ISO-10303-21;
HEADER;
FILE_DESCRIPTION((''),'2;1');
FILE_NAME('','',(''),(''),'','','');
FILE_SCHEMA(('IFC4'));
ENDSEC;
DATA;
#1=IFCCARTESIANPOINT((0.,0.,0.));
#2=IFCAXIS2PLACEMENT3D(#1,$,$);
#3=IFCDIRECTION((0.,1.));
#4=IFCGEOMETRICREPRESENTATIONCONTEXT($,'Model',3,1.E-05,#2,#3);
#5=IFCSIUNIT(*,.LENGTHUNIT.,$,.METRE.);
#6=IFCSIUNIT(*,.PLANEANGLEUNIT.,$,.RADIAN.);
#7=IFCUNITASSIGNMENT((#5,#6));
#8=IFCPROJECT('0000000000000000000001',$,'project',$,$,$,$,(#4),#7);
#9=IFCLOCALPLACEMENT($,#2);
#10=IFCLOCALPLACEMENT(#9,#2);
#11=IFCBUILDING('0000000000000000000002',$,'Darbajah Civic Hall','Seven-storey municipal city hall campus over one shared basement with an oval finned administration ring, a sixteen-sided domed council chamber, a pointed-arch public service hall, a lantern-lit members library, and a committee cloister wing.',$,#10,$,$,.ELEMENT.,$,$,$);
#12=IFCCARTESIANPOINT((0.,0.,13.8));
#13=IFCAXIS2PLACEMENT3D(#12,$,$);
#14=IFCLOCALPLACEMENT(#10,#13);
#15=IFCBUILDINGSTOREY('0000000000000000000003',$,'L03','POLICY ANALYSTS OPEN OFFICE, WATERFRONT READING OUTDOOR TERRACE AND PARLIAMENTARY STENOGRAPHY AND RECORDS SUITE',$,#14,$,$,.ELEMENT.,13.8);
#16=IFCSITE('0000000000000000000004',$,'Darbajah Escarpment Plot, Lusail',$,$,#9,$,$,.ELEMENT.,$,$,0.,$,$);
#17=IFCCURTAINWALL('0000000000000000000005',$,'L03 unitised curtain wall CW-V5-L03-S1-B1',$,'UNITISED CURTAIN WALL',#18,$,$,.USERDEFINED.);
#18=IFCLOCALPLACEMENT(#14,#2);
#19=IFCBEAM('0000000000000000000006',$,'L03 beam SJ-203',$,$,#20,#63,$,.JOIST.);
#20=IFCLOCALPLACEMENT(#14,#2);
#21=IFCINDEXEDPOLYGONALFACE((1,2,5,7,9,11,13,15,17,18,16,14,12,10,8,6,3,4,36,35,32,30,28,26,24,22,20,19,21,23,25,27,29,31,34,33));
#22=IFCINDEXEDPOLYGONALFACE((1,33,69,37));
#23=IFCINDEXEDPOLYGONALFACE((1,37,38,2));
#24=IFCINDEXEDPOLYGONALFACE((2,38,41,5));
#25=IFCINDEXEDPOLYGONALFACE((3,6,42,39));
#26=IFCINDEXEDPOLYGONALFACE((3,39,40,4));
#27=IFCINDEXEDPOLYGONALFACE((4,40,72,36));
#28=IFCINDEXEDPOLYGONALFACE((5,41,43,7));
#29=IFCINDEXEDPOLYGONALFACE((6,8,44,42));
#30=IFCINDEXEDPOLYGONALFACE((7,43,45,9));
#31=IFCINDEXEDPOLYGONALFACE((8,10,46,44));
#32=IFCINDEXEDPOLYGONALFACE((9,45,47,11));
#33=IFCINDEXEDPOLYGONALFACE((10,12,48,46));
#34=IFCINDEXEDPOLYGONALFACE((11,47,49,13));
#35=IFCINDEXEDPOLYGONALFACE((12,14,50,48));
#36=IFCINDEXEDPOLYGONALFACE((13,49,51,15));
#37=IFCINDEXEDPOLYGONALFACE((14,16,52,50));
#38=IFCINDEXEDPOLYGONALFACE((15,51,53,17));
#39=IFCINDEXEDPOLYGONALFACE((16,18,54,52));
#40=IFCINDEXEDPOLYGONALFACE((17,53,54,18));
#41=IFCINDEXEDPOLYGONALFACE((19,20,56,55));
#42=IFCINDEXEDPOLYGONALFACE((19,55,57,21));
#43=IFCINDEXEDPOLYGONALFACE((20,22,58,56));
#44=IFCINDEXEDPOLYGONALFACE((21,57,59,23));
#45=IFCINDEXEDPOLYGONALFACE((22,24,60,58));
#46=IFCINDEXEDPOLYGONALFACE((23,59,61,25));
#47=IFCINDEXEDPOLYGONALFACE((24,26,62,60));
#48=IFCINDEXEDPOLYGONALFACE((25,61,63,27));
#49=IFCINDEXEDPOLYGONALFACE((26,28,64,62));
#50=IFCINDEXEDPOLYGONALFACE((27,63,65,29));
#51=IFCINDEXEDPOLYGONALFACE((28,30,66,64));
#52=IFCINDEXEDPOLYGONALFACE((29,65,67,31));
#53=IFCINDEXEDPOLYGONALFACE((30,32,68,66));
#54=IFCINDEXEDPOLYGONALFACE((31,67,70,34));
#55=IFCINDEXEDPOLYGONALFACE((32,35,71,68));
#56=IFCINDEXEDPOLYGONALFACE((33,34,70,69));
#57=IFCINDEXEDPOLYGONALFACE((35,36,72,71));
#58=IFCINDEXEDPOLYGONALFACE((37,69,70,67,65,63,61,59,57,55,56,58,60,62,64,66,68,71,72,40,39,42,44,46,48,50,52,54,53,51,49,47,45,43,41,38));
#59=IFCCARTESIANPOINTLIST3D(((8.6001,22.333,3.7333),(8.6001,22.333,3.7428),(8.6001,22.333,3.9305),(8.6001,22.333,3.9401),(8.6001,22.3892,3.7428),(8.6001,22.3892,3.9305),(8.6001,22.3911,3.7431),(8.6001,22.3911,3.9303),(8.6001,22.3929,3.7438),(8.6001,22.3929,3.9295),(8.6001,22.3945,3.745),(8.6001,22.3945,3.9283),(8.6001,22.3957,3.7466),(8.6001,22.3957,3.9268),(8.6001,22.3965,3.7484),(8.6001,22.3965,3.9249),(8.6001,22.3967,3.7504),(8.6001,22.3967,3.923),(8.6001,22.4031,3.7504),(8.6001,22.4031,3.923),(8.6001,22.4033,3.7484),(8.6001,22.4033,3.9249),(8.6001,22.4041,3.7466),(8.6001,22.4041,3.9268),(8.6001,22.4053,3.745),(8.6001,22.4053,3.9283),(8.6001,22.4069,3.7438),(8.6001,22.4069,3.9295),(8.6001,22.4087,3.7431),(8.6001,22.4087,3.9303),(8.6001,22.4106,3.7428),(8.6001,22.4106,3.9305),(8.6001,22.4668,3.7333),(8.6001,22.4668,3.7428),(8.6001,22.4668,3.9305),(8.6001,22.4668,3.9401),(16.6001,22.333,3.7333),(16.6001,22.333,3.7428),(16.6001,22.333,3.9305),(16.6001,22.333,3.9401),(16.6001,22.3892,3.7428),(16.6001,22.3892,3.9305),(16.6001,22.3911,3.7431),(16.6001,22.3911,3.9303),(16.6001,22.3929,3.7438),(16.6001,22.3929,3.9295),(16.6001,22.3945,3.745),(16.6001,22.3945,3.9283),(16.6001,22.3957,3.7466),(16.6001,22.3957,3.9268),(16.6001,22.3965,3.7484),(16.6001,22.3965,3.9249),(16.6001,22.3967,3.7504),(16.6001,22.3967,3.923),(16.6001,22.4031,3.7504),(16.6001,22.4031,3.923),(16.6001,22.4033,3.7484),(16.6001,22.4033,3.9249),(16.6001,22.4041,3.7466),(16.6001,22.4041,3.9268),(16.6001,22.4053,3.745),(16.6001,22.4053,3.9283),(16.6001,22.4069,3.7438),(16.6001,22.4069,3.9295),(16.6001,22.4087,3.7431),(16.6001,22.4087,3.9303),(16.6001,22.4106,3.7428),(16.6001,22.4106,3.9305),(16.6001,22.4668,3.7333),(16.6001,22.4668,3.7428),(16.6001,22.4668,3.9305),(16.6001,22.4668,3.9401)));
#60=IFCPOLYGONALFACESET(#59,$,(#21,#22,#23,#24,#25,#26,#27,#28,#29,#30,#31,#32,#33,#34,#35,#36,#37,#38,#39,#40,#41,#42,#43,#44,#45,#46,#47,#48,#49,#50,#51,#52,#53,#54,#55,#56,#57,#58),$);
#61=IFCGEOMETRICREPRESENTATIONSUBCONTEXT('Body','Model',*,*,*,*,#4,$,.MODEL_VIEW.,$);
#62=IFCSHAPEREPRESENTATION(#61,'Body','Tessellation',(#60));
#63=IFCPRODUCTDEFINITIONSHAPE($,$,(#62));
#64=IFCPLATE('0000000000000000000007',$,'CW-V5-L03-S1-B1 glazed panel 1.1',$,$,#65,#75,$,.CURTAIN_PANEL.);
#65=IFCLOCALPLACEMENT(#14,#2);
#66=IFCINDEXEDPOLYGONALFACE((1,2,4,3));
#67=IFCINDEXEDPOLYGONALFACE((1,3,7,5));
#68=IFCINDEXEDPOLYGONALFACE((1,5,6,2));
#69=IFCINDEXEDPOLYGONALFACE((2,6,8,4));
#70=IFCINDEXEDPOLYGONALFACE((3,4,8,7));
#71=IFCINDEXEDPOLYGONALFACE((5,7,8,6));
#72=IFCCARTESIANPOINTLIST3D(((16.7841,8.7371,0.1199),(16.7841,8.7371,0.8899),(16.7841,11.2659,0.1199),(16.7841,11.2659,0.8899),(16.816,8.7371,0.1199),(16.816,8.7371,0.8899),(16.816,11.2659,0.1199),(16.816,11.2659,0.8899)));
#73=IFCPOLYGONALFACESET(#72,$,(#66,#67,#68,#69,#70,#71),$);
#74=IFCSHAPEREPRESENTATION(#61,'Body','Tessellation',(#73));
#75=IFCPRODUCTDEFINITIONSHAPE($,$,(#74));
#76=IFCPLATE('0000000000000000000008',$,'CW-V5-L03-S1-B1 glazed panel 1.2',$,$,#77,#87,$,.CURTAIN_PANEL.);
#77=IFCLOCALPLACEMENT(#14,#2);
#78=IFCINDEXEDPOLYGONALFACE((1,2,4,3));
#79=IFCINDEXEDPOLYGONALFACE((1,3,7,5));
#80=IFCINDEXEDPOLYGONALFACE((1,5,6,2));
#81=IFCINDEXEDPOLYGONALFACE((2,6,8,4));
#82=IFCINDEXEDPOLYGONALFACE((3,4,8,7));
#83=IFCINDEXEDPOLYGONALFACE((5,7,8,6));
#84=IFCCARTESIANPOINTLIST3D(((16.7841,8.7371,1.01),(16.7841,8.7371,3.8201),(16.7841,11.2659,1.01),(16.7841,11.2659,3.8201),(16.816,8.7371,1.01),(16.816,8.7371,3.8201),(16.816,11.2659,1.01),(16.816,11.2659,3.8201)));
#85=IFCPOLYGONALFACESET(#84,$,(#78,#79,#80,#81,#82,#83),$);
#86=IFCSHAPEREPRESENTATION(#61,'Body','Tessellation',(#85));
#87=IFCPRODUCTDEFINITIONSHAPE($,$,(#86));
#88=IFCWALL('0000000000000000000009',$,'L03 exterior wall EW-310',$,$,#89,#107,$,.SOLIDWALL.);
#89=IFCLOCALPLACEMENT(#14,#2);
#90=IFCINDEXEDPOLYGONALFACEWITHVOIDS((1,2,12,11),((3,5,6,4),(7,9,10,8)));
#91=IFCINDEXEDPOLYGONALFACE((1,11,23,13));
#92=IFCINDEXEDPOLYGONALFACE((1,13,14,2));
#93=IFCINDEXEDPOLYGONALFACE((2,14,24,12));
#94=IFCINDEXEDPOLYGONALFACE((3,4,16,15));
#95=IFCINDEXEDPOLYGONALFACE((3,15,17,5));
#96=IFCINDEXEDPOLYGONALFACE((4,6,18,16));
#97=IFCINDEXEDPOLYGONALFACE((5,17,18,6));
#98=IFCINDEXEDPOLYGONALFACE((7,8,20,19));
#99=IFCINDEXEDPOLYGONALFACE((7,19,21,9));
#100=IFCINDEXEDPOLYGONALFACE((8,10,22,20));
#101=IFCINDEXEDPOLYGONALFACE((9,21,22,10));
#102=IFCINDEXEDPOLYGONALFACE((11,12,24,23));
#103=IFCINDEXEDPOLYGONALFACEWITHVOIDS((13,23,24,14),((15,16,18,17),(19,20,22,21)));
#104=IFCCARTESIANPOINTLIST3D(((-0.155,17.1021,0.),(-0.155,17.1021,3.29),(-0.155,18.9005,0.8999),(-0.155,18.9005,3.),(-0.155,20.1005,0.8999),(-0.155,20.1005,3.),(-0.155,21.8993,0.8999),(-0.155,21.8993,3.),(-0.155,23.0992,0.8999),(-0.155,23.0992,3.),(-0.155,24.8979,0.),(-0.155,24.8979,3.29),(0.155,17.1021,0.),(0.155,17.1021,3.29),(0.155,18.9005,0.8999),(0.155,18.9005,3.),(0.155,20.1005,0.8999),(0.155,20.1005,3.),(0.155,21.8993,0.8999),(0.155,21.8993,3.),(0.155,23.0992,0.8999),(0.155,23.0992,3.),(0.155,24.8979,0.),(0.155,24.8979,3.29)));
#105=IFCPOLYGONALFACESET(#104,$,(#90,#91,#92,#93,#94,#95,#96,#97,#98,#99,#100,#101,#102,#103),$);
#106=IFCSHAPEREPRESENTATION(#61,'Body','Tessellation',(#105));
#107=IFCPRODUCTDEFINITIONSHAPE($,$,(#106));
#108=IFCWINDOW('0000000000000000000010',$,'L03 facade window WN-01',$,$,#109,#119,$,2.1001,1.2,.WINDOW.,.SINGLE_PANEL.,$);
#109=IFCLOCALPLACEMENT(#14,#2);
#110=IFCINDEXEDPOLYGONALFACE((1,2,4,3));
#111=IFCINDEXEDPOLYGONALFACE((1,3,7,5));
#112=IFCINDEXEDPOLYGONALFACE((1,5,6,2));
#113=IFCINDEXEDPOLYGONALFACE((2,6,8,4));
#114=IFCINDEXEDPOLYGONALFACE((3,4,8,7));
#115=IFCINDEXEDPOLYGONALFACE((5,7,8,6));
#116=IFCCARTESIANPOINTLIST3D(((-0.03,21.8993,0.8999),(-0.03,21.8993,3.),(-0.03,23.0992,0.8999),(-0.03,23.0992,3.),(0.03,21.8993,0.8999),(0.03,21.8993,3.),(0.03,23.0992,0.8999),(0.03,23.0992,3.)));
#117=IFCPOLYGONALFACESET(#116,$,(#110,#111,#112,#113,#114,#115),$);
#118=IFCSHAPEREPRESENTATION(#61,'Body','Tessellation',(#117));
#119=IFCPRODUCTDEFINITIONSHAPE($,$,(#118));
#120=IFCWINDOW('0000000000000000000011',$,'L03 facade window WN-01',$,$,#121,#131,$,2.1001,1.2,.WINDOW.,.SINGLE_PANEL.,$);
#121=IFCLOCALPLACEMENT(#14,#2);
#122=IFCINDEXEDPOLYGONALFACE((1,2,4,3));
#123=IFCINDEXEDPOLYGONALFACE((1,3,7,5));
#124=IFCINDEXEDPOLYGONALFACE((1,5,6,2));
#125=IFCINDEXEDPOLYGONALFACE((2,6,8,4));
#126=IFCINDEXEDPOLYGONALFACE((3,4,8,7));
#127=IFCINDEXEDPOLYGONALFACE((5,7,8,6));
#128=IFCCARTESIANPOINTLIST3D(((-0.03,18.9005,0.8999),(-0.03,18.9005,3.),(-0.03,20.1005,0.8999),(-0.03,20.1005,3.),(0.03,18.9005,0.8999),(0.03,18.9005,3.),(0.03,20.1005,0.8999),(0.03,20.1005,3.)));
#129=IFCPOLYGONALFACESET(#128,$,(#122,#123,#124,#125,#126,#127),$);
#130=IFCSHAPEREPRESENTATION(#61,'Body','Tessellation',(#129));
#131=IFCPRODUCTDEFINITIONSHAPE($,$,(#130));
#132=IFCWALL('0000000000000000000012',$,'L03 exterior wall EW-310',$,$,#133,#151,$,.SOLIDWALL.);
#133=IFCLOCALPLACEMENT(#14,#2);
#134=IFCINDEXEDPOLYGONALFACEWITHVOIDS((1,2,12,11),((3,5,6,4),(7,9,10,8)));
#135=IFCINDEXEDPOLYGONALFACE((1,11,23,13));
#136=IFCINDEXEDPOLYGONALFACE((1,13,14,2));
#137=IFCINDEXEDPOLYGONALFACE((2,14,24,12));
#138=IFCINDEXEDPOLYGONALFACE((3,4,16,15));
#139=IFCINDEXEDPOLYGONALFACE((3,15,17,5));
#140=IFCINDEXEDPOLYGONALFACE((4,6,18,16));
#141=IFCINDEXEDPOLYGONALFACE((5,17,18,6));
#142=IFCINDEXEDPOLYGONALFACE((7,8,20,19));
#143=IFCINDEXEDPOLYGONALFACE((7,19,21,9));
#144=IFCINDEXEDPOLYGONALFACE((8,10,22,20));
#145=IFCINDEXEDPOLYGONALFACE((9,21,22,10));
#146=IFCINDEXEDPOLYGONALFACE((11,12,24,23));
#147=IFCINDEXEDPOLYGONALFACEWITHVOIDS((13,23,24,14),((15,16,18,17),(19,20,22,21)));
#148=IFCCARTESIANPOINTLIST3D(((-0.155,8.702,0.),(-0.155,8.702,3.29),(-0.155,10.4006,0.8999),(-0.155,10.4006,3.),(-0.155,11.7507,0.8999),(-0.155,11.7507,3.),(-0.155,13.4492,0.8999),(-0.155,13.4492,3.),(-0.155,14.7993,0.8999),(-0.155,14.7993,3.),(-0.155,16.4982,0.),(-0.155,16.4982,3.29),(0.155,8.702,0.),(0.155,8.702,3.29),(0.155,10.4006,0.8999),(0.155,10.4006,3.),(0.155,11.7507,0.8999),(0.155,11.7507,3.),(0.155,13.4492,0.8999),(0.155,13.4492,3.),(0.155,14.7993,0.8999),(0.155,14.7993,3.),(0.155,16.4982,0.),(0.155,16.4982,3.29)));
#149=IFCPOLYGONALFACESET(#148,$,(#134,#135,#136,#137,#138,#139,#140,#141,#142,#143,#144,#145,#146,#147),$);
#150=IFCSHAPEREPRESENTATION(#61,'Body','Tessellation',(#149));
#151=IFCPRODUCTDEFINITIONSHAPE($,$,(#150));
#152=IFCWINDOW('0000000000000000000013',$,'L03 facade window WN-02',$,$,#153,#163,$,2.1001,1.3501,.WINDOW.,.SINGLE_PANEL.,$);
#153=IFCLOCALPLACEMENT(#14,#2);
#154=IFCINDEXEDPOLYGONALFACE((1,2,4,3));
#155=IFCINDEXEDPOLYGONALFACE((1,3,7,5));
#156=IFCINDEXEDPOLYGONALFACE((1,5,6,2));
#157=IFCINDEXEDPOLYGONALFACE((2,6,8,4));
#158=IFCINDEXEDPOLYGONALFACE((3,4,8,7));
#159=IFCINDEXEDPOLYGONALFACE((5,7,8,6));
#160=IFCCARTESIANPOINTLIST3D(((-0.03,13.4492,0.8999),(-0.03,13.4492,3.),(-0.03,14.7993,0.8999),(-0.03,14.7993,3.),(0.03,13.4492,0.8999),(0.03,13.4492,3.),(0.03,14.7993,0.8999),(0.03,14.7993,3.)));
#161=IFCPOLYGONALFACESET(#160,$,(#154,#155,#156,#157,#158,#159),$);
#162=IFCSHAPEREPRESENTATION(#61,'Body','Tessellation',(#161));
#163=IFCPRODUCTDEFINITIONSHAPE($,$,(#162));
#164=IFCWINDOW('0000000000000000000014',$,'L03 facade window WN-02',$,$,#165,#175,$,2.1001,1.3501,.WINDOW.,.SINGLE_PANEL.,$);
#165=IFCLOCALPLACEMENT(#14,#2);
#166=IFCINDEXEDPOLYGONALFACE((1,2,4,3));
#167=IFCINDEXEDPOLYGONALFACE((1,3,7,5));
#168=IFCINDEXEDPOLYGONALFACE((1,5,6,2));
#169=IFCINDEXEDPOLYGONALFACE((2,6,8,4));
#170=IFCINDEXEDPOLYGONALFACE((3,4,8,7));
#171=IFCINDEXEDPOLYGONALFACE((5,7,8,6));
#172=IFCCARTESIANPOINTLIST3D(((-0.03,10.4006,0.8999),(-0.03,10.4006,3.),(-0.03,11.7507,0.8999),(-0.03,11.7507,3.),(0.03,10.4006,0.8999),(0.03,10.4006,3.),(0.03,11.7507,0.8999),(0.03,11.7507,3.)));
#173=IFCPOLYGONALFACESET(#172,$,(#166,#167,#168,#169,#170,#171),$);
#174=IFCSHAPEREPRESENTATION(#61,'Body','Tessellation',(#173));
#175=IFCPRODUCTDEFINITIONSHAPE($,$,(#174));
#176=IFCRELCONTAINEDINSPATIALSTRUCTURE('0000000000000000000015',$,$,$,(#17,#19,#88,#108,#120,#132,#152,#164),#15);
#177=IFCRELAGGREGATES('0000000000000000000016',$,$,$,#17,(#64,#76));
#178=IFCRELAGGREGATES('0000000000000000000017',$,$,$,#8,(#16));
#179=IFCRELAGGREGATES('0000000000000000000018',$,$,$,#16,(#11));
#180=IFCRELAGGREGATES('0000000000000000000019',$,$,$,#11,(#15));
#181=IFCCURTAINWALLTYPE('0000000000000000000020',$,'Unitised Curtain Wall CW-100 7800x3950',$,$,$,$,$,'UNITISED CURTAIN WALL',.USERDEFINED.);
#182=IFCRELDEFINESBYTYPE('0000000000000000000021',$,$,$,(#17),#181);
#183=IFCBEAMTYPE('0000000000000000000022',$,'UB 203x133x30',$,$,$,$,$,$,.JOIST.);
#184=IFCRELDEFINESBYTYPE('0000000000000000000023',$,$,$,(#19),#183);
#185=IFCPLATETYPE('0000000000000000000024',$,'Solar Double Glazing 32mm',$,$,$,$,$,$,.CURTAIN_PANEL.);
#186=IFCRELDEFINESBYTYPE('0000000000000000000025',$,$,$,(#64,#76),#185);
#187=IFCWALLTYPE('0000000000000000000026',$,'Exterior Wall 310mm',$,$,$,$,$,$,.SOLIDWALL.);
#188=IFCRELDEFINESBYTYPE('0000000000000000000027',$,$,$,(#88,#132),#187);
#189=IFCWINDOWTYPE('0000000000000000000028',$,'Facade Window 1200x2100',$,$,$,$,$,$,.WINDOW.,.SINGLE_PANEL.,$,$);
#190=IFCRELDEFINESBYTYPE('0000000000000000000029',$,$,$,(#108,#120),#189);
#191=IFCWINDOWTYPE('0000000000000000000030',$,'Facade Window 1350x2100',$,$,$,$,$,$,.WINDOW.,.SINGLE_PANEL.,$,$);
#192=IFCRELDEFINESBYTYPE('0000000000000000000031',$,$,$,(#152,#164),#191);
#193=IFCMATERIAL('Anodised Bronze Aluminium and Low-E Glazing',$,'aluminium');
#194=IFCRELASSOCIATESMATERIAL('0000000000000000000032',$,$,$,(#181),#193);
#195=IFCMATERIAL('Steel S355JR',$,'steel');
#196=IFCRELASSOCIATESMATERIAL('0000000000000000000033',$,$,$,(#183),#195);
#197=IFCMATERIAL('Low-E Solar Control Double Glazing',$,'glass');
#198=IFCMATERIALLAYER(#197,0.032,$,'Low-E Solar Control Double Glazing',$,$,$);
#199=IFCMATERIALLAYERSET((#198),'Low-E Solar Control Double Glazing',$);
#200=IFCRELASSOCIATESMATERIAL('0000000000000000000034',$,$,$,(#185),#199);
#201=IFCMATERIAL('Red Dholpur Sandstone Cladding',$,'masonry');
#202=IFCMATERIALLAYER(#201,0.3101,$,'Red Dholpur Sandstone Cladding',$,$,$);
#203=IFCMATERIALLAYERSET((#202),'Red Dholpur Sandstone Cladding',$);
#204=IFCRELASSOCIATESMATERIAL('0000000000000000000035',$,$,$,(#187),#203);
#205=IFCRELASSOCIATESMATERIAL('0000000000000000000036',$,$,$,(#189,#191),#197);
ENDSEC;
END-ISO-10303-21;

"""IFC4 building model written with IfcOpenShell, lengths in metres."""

from ifc_helpers import new_model, si_unit, direction, frame, frame_2d, origin, origin_2d, place, context, subcontext, project, spatial, rectangle, i_section, extrude, material, layer, layer_set, material_profile, profile_set, type_object, element, fill, aggregate, save


model = new_model("IFC4")

# Units and contexts
model_context = context("Model", 3, precision=1e-05, world=origin(), true_north=direction((0.0, 1.0)))
body_context = subcontext(model_context, "Body", "Model", "MODEL_VIEW")
ifc_project = project(units=[si_unit("LENGTHUNIT", "METRE"), si_unit("PLANEANGLEUNIT", "RADIAN")], contexts=[model_context])

# Site, building, storey
site_placement = place(None, origin())
site = spatial("IfcSite", under=ifc_project, at=site_placement, Name="Darbajah Escarpment Plot, Lusail", CompositionType="ELEMENT", RefElevation=0.0)
building_placement = place(site_placement, origin())
building = spatial("IfcBuilding", under=site, at=building_placement, Name="Darbajah Civic Hall", Description="Seven-storey municipal city hall campus over one shared basement with an oval finned administration ring, a sixteen-sided domed council chamber, a pointed-arch public service hall, a lantern-lit members library, and a committee cloister wing.", CompositionType="ELEMENT")
storey_placement = place(building_placement, frame((0.0, 0.0, 13.8)))
storey = spatial("IfcBuildingStorey", under=building, at=storey_placement, Name="L03", Description="POLICY ANALYSTS OPEN OFFICE, WATERFRONT READING OUTDOOR TERRACE AND PARLIAMENTARY STENOGRAPHY AND RECORDS SUITE", CompositionType="ELEMENT", Elevation=13.8)

# Curtain wall
ifc_material_1 = material(Name="Anodised Bronze Aluminium and Low-E Glazing", Category="aluminium")
curtain_wall_type = type_object("IfcCurtainWallType", Name="Unitised Curtain Wall CW-100 7800x3950", ElementType="UNITISED CURTAIN WALL", PredefinedType="USERDEFINED", material=ifc_material_1)
curtain_wall_placement = place(storey_placement, origin())
curtain_wall = element("IfcCurtainWall", 1, at=curtain_wall_placement, inside=storey, type_object=curtain_wall_type, Name="L03 unitised curtain wall CW-V5-L03-S1-B1", ObjectType="UNITISED CURTAIN WALL", PredefinedType="USERDEFINED")

# Beam
ifc_material_2 = material(Name="Steel S355JR", Category="steel")
ifc_material_profile_1 = material_profile(ifc_material_2, i_section(OverallWidth=0.1338, OverallDepth=0.2068, WebThickness=0.0063, FlangeThickness=0.0095, FilletRadius=0.0076, at=origin_2d()), Name="UB 203x133x30")
ifc_profile_set_1 = profile_set([ifc_material_profile_1], Name="Steel S355JR")
beam_type_1 = type_object("IfcBeamType", Name="UB 203x133x30", PredefinedType="JOIST", material=ifc_profile_set_1)
for number, where, z_axis, x_axis, name in (
    (2, (8.6001, 22.3999, 3.8367), (1.0, 0.0, 0.0), (0.0, 1.0, 0.0), "L03 beam SJ-203"),
):
    element("IfcBeam", number, at=place(storey_placement, frame(where, z_axis=z_axis, x_axis=x_axis)), inside=storey, type_object=beam_type_1, Name=name, PredefinedType="JOIST", context=body_context, shape_type="SweptSolid", body=[
        extrude(i_section(OverallWidth=0.1338, OverallDepth=0.2068, WebThickness=0.0063, FlangeThickness=0.0095, FilletRadius=0.0076, at=origin_2d()), origin(), (0.0, 0.0, 1.0), 8.0),
    ])

# Plates
ifc_material_3 = material(Name="Low-E Solar Control Double Glazing", Category="glass")
ifc_layer_1 = layer(ifc_material_3, 0.032, Name="Low-E Solar Control Double Glazing")
ifc_layer_set_1 = layer_set([ifc_layer_1], Name="Low-E Solar Control Double Glazing")
plate_type = type_object("IfcPlateType", Name="Solar Double Glazing 32mm", PredefinedType="CURTAIN_PANEL", material=ifc_layer_set_1)
plate_1_placement = place(storey_placement, frame((16.8, 10.0015, 0.1199), z_axis=(0.0, 0.0, 1.0), x_axis=(0.0, 1.0, 0.0)))
plate_1 = element("IfcPlate", 3, at=plate_1_placement, type_object=plate_type, Name="CW-V5-L03-S1-B1 glazed panel 1.1", PredefinedType="CURTAIN_PANEL", context=body_context, shape_type="SweptSolid", body=[
    extrude(rectangle(XDim=2.5288, YDim=0.032, at=origin_2d()), origin(), (0.0, 0.0, 1.0), 0.77),
])
plate_2_placement = place(storey_placement, frame((16.8, 10.0015, 1.01), z_axis=(0.0, 0.0, 1.0), x_axis=(0.0, 1.0, 0.0)))
plate_2 = element("IfcPlate", 4, at=plate_2_placement, type_object=plate_type, Name="CW-V5-L03-S1-B1 glazed panel 1.2", PredefinedType="CURTAIN_PANEL", context=body_context, shape_type="SweptSolid", body=[
    extrude(rectangle(XDim=2.5288, YDim=0.032, at=origin_2d()), origin(), (0.0, 0.0, 1.0), 2.8101),
])
aggregate(curtain_wall, [plate_1, plate_2])

# Walls, openings, windows
ifc_material_4 = material(Name="Red Dholpur Sandstone Cladding", Category="masonry")
ifc_layer_2 = layer(ifc_material_4, 0.3101, Name="Red Dholpur Sandstone Cladding")
ifc_layer_set_2 = layer_set([ifc_layer_2], Name="Red Dholpur Sandstone Cladding")
wall_type = type_object("IfcWallType", Name="Exterior Wall 310mm", PredefinedType="SOLIDWALL", material=ifc_layer_set_2)
wall_1_placement = place(storey_placement, frame((0.0, 24.8979, 0.0), z_axis=(0.0, 0.0, 1.0), x_axis=(0.0, -1.0, 0.0)))
wall_1 = element("IfcWall", 5, at=wall_1_placement, inside=storey, type_object=wall_type, Name="L03 exterior wall EW-310", PredefinedType="SOLIDWALL", context=body_context, shape_type="SweptSolid", body=[
    extrude(rectangle(XDim=7.7959, YDim=0.3101, at=frame_2d((3.8979, 0.0))), origin(), (0.0, 0.0, 1.0), 3.29),
])
opening_1_placement = place(wall_1_placement, frame((1.7986, 0.0, 0.8999)))
opening_1 = element("IfcOpeningElement", 6, at=opening_1_placement, cuts=wall_1, PredefinedType="OPENING", context=body_context, shape_type="SweptSolid", body=[
    extrude(rectangle(XDim=1.2, YDim=2.1001, at=frame_2d((0.6001, 1.05))), frame((0.0, 0.165, 0.0), z_axis=(0.0, -1.0, 0.0), x_axis=(1.0, 0.0, 0.0)), (0.0, 0.0, 1.0), 0.3301),
])
opening_2_placement = place(wall_1_placement, frame((4.7974, 0.0, 0.8999)))
opening_2 = element("IfcOpeningElement", 7, at=opening_2_placement, cuts=wall_1, PredefinedType="OPENING", context=body_context, shape_type="SweptSolid", body=[
    extrude(rectangle(XDim=1.2, YDim=2.1001, at=frame_2d((0.6001, 1.05))), frame((0.0, 0.165, 0.0), z_axis=(0.0, -1.0, 0.0), x_axis=(1.0, 0.0, 0.0)), (0.0, 0.0, 1.0), 0.3301),
])
window_type_1 = type_object("IfcWindowType", Name="Facade Window 1200x2100", PartitioningType="SINGLE_PANEL", PredefinedType="WINDOW", material=ifc_material_3)
window_1_placement = place(opening_1_placement, origin())
window_1 = element("IfcWindow", 8, at=window_1_placement, inside=storey, type_object=window_type_1, Name="L03 facade window WN-01", OverallHeight=2.1001, OverallWidth=1.2, PartitioningType="SINGLE_PANEL", PredefinedType="WINDOW", context=body_context, shape_type="SweptSolid", body=[
    extrude(rectangle(XDim=1.2, YDim=2.1001, at=frame_2d((0.6001, 1.05))), frame((0.0, 0.03, 0.0), z_axis=(0.0, -1.0, 0.0), x_axis=(1.0, 0.0, 0.0)), (0.0, 0.0, 1.0), 0.0601),
])
fill(opening_1, window_1)
window_2_placement = place(opening_2_placement, origin())
window_2 = element("IfcWindow", 9, at=window_2_placement, inside=storey, type_object=window_type_1, Name="L03 facade window WN-01", OverallHeight=2.1001, OverallWidth=1.2, PartitioningType="SINGLE_PANEL", PredefinedType="WINDOW", context=body_context, shape_type="SweptSolid", body=[
    extrude(rectangle(XDim=1.2, YDim=2.1001, at=frame_2d((0.6001, 1.05))), frame((0.0, 0.03, 0.0), z_axis=(0.0, -1.0, 0.0), x_axis=(1.0, 0.0, 0.0)), (0.0, 0.0, 1.0), 0.0601),
])
fill(opening_2, window_2)
wall_2_placement = place(storey_placement, frame((0.0, 16.498, 0.0), z_axis=(0.0, 0.0, 1.0), x_axis=(0.0, -1.0, 0.0)))
wall_2 = element("IfcWall", 10, at=wall_2_placement, inside=storey, type_object=wall_type, Name="L03 exterior wall EW-310", PredefinedType="SOLIDWALL", context=body_context, shape_type="SweptSolid", body=[
    extrude(rectangle(XDim=7.7961, YDim=0.3101, at=frame_2d((3.8979, 0.0))), origin(), (0.0, 0.0, 1.0), 3.29),
])
opening_3_placement = place(wall_2_placement, frame((1.6987, 0.0, 0.8999)))
opening_3 = element("IfcOpeningElement", 11, at=opening_3_placement, cuts=wall_2, PredefinedType="OPENING", context=body_context, shape_type="SweptSolid", body=[
    extrude(rectangle(XDim=1.3501, YDim=2.1001, at=frame_2d((0.675, 1.05))), frame((0.0, 0.165, 0.0), z_axis=(0.0, -1.0, 0.0), x_axis=(1.0, 0.0, 0.0)), (0.0, 0.0, 1.0), 0.3301),
])
opening_4_placement = place(wall_2_placement, frame((4.7473, 0.0, 0.8999)))
opening_4 = element("IfcOpeningElement", 12, at=opening_4_placement, cuts=wall_2, PredefinedType="OPENING", context=body_context, shape_type="SweptSolid", body=[
    extrude(rectangle(XDim=1.3501, YDim=2.1001, at=frame_2d((0.675, 1.05))), frame((0.0, 0.165, 0.0), z_axis=(0.0, -1.0, 0.0), x_axis=(1.0, 0.0, 0.0)), (0.0, 0.0, 1.0), 0.3301),
])
window_type_2 = type_object("IfcWindowType", Name="Facade Window 1350x2100", PartitioningType="SINGLE_PANEL", PredefinedType="WINDOW", material=ifc_material_3)
window_3_placement = place(opening_3_placement, origin())
window_3 = element("IfcWindow", 13, at=window_3_placement, inside=storey, type_object=window_type_2, Name="L03 facade window WN-02", OverallHeight=2.1001, OverallWidth=1.3501, PartitioningType="SINGLE_PANEL", PredefinedType="WINDOW", context=body_context, shape_type="SweptSolid", body=[
    extrude(rectangle(XDim=1.3501, YDim=2.1001, at=frame_2d((0.675, 1.05))), frame((0.0, 0.03, 0.0), z_axis=(0.0, -1.0, 0.0), x_axis=(1.0, 0.0, 0.0)), (0.0, 0.0, 1.0), 0.0601),
])
fill(opening_3, window_3)
window_4_placement = place(opening_4_placement, origin())
window_4 = element("IfcWindow", 14, at=window_4_placement, inside=storey, type_object=window_type_2, Name="L03 facade window WN-02", OverallHeight=2.1001, OverallWidth=1.3501, PartitioningType="SINGLE_PANEL", PredefinedType="WINDOW", context=body_context, shape_type="SweptSolid", body=[
    extrude(rectangle(XDim=1.3501, YDim=2.1001, at=frame_2d((0.675, 1.05))), frame((0.0, 0.03, 0.0), z_axis=(0.0, -1.0, 0.0), x_axis=(1.0, 0.0, 0.0)), (0.0, 0.0, 1.0), 0.0601),
])
fill(opening_4, window_4)

save(model, "model.ifc")
